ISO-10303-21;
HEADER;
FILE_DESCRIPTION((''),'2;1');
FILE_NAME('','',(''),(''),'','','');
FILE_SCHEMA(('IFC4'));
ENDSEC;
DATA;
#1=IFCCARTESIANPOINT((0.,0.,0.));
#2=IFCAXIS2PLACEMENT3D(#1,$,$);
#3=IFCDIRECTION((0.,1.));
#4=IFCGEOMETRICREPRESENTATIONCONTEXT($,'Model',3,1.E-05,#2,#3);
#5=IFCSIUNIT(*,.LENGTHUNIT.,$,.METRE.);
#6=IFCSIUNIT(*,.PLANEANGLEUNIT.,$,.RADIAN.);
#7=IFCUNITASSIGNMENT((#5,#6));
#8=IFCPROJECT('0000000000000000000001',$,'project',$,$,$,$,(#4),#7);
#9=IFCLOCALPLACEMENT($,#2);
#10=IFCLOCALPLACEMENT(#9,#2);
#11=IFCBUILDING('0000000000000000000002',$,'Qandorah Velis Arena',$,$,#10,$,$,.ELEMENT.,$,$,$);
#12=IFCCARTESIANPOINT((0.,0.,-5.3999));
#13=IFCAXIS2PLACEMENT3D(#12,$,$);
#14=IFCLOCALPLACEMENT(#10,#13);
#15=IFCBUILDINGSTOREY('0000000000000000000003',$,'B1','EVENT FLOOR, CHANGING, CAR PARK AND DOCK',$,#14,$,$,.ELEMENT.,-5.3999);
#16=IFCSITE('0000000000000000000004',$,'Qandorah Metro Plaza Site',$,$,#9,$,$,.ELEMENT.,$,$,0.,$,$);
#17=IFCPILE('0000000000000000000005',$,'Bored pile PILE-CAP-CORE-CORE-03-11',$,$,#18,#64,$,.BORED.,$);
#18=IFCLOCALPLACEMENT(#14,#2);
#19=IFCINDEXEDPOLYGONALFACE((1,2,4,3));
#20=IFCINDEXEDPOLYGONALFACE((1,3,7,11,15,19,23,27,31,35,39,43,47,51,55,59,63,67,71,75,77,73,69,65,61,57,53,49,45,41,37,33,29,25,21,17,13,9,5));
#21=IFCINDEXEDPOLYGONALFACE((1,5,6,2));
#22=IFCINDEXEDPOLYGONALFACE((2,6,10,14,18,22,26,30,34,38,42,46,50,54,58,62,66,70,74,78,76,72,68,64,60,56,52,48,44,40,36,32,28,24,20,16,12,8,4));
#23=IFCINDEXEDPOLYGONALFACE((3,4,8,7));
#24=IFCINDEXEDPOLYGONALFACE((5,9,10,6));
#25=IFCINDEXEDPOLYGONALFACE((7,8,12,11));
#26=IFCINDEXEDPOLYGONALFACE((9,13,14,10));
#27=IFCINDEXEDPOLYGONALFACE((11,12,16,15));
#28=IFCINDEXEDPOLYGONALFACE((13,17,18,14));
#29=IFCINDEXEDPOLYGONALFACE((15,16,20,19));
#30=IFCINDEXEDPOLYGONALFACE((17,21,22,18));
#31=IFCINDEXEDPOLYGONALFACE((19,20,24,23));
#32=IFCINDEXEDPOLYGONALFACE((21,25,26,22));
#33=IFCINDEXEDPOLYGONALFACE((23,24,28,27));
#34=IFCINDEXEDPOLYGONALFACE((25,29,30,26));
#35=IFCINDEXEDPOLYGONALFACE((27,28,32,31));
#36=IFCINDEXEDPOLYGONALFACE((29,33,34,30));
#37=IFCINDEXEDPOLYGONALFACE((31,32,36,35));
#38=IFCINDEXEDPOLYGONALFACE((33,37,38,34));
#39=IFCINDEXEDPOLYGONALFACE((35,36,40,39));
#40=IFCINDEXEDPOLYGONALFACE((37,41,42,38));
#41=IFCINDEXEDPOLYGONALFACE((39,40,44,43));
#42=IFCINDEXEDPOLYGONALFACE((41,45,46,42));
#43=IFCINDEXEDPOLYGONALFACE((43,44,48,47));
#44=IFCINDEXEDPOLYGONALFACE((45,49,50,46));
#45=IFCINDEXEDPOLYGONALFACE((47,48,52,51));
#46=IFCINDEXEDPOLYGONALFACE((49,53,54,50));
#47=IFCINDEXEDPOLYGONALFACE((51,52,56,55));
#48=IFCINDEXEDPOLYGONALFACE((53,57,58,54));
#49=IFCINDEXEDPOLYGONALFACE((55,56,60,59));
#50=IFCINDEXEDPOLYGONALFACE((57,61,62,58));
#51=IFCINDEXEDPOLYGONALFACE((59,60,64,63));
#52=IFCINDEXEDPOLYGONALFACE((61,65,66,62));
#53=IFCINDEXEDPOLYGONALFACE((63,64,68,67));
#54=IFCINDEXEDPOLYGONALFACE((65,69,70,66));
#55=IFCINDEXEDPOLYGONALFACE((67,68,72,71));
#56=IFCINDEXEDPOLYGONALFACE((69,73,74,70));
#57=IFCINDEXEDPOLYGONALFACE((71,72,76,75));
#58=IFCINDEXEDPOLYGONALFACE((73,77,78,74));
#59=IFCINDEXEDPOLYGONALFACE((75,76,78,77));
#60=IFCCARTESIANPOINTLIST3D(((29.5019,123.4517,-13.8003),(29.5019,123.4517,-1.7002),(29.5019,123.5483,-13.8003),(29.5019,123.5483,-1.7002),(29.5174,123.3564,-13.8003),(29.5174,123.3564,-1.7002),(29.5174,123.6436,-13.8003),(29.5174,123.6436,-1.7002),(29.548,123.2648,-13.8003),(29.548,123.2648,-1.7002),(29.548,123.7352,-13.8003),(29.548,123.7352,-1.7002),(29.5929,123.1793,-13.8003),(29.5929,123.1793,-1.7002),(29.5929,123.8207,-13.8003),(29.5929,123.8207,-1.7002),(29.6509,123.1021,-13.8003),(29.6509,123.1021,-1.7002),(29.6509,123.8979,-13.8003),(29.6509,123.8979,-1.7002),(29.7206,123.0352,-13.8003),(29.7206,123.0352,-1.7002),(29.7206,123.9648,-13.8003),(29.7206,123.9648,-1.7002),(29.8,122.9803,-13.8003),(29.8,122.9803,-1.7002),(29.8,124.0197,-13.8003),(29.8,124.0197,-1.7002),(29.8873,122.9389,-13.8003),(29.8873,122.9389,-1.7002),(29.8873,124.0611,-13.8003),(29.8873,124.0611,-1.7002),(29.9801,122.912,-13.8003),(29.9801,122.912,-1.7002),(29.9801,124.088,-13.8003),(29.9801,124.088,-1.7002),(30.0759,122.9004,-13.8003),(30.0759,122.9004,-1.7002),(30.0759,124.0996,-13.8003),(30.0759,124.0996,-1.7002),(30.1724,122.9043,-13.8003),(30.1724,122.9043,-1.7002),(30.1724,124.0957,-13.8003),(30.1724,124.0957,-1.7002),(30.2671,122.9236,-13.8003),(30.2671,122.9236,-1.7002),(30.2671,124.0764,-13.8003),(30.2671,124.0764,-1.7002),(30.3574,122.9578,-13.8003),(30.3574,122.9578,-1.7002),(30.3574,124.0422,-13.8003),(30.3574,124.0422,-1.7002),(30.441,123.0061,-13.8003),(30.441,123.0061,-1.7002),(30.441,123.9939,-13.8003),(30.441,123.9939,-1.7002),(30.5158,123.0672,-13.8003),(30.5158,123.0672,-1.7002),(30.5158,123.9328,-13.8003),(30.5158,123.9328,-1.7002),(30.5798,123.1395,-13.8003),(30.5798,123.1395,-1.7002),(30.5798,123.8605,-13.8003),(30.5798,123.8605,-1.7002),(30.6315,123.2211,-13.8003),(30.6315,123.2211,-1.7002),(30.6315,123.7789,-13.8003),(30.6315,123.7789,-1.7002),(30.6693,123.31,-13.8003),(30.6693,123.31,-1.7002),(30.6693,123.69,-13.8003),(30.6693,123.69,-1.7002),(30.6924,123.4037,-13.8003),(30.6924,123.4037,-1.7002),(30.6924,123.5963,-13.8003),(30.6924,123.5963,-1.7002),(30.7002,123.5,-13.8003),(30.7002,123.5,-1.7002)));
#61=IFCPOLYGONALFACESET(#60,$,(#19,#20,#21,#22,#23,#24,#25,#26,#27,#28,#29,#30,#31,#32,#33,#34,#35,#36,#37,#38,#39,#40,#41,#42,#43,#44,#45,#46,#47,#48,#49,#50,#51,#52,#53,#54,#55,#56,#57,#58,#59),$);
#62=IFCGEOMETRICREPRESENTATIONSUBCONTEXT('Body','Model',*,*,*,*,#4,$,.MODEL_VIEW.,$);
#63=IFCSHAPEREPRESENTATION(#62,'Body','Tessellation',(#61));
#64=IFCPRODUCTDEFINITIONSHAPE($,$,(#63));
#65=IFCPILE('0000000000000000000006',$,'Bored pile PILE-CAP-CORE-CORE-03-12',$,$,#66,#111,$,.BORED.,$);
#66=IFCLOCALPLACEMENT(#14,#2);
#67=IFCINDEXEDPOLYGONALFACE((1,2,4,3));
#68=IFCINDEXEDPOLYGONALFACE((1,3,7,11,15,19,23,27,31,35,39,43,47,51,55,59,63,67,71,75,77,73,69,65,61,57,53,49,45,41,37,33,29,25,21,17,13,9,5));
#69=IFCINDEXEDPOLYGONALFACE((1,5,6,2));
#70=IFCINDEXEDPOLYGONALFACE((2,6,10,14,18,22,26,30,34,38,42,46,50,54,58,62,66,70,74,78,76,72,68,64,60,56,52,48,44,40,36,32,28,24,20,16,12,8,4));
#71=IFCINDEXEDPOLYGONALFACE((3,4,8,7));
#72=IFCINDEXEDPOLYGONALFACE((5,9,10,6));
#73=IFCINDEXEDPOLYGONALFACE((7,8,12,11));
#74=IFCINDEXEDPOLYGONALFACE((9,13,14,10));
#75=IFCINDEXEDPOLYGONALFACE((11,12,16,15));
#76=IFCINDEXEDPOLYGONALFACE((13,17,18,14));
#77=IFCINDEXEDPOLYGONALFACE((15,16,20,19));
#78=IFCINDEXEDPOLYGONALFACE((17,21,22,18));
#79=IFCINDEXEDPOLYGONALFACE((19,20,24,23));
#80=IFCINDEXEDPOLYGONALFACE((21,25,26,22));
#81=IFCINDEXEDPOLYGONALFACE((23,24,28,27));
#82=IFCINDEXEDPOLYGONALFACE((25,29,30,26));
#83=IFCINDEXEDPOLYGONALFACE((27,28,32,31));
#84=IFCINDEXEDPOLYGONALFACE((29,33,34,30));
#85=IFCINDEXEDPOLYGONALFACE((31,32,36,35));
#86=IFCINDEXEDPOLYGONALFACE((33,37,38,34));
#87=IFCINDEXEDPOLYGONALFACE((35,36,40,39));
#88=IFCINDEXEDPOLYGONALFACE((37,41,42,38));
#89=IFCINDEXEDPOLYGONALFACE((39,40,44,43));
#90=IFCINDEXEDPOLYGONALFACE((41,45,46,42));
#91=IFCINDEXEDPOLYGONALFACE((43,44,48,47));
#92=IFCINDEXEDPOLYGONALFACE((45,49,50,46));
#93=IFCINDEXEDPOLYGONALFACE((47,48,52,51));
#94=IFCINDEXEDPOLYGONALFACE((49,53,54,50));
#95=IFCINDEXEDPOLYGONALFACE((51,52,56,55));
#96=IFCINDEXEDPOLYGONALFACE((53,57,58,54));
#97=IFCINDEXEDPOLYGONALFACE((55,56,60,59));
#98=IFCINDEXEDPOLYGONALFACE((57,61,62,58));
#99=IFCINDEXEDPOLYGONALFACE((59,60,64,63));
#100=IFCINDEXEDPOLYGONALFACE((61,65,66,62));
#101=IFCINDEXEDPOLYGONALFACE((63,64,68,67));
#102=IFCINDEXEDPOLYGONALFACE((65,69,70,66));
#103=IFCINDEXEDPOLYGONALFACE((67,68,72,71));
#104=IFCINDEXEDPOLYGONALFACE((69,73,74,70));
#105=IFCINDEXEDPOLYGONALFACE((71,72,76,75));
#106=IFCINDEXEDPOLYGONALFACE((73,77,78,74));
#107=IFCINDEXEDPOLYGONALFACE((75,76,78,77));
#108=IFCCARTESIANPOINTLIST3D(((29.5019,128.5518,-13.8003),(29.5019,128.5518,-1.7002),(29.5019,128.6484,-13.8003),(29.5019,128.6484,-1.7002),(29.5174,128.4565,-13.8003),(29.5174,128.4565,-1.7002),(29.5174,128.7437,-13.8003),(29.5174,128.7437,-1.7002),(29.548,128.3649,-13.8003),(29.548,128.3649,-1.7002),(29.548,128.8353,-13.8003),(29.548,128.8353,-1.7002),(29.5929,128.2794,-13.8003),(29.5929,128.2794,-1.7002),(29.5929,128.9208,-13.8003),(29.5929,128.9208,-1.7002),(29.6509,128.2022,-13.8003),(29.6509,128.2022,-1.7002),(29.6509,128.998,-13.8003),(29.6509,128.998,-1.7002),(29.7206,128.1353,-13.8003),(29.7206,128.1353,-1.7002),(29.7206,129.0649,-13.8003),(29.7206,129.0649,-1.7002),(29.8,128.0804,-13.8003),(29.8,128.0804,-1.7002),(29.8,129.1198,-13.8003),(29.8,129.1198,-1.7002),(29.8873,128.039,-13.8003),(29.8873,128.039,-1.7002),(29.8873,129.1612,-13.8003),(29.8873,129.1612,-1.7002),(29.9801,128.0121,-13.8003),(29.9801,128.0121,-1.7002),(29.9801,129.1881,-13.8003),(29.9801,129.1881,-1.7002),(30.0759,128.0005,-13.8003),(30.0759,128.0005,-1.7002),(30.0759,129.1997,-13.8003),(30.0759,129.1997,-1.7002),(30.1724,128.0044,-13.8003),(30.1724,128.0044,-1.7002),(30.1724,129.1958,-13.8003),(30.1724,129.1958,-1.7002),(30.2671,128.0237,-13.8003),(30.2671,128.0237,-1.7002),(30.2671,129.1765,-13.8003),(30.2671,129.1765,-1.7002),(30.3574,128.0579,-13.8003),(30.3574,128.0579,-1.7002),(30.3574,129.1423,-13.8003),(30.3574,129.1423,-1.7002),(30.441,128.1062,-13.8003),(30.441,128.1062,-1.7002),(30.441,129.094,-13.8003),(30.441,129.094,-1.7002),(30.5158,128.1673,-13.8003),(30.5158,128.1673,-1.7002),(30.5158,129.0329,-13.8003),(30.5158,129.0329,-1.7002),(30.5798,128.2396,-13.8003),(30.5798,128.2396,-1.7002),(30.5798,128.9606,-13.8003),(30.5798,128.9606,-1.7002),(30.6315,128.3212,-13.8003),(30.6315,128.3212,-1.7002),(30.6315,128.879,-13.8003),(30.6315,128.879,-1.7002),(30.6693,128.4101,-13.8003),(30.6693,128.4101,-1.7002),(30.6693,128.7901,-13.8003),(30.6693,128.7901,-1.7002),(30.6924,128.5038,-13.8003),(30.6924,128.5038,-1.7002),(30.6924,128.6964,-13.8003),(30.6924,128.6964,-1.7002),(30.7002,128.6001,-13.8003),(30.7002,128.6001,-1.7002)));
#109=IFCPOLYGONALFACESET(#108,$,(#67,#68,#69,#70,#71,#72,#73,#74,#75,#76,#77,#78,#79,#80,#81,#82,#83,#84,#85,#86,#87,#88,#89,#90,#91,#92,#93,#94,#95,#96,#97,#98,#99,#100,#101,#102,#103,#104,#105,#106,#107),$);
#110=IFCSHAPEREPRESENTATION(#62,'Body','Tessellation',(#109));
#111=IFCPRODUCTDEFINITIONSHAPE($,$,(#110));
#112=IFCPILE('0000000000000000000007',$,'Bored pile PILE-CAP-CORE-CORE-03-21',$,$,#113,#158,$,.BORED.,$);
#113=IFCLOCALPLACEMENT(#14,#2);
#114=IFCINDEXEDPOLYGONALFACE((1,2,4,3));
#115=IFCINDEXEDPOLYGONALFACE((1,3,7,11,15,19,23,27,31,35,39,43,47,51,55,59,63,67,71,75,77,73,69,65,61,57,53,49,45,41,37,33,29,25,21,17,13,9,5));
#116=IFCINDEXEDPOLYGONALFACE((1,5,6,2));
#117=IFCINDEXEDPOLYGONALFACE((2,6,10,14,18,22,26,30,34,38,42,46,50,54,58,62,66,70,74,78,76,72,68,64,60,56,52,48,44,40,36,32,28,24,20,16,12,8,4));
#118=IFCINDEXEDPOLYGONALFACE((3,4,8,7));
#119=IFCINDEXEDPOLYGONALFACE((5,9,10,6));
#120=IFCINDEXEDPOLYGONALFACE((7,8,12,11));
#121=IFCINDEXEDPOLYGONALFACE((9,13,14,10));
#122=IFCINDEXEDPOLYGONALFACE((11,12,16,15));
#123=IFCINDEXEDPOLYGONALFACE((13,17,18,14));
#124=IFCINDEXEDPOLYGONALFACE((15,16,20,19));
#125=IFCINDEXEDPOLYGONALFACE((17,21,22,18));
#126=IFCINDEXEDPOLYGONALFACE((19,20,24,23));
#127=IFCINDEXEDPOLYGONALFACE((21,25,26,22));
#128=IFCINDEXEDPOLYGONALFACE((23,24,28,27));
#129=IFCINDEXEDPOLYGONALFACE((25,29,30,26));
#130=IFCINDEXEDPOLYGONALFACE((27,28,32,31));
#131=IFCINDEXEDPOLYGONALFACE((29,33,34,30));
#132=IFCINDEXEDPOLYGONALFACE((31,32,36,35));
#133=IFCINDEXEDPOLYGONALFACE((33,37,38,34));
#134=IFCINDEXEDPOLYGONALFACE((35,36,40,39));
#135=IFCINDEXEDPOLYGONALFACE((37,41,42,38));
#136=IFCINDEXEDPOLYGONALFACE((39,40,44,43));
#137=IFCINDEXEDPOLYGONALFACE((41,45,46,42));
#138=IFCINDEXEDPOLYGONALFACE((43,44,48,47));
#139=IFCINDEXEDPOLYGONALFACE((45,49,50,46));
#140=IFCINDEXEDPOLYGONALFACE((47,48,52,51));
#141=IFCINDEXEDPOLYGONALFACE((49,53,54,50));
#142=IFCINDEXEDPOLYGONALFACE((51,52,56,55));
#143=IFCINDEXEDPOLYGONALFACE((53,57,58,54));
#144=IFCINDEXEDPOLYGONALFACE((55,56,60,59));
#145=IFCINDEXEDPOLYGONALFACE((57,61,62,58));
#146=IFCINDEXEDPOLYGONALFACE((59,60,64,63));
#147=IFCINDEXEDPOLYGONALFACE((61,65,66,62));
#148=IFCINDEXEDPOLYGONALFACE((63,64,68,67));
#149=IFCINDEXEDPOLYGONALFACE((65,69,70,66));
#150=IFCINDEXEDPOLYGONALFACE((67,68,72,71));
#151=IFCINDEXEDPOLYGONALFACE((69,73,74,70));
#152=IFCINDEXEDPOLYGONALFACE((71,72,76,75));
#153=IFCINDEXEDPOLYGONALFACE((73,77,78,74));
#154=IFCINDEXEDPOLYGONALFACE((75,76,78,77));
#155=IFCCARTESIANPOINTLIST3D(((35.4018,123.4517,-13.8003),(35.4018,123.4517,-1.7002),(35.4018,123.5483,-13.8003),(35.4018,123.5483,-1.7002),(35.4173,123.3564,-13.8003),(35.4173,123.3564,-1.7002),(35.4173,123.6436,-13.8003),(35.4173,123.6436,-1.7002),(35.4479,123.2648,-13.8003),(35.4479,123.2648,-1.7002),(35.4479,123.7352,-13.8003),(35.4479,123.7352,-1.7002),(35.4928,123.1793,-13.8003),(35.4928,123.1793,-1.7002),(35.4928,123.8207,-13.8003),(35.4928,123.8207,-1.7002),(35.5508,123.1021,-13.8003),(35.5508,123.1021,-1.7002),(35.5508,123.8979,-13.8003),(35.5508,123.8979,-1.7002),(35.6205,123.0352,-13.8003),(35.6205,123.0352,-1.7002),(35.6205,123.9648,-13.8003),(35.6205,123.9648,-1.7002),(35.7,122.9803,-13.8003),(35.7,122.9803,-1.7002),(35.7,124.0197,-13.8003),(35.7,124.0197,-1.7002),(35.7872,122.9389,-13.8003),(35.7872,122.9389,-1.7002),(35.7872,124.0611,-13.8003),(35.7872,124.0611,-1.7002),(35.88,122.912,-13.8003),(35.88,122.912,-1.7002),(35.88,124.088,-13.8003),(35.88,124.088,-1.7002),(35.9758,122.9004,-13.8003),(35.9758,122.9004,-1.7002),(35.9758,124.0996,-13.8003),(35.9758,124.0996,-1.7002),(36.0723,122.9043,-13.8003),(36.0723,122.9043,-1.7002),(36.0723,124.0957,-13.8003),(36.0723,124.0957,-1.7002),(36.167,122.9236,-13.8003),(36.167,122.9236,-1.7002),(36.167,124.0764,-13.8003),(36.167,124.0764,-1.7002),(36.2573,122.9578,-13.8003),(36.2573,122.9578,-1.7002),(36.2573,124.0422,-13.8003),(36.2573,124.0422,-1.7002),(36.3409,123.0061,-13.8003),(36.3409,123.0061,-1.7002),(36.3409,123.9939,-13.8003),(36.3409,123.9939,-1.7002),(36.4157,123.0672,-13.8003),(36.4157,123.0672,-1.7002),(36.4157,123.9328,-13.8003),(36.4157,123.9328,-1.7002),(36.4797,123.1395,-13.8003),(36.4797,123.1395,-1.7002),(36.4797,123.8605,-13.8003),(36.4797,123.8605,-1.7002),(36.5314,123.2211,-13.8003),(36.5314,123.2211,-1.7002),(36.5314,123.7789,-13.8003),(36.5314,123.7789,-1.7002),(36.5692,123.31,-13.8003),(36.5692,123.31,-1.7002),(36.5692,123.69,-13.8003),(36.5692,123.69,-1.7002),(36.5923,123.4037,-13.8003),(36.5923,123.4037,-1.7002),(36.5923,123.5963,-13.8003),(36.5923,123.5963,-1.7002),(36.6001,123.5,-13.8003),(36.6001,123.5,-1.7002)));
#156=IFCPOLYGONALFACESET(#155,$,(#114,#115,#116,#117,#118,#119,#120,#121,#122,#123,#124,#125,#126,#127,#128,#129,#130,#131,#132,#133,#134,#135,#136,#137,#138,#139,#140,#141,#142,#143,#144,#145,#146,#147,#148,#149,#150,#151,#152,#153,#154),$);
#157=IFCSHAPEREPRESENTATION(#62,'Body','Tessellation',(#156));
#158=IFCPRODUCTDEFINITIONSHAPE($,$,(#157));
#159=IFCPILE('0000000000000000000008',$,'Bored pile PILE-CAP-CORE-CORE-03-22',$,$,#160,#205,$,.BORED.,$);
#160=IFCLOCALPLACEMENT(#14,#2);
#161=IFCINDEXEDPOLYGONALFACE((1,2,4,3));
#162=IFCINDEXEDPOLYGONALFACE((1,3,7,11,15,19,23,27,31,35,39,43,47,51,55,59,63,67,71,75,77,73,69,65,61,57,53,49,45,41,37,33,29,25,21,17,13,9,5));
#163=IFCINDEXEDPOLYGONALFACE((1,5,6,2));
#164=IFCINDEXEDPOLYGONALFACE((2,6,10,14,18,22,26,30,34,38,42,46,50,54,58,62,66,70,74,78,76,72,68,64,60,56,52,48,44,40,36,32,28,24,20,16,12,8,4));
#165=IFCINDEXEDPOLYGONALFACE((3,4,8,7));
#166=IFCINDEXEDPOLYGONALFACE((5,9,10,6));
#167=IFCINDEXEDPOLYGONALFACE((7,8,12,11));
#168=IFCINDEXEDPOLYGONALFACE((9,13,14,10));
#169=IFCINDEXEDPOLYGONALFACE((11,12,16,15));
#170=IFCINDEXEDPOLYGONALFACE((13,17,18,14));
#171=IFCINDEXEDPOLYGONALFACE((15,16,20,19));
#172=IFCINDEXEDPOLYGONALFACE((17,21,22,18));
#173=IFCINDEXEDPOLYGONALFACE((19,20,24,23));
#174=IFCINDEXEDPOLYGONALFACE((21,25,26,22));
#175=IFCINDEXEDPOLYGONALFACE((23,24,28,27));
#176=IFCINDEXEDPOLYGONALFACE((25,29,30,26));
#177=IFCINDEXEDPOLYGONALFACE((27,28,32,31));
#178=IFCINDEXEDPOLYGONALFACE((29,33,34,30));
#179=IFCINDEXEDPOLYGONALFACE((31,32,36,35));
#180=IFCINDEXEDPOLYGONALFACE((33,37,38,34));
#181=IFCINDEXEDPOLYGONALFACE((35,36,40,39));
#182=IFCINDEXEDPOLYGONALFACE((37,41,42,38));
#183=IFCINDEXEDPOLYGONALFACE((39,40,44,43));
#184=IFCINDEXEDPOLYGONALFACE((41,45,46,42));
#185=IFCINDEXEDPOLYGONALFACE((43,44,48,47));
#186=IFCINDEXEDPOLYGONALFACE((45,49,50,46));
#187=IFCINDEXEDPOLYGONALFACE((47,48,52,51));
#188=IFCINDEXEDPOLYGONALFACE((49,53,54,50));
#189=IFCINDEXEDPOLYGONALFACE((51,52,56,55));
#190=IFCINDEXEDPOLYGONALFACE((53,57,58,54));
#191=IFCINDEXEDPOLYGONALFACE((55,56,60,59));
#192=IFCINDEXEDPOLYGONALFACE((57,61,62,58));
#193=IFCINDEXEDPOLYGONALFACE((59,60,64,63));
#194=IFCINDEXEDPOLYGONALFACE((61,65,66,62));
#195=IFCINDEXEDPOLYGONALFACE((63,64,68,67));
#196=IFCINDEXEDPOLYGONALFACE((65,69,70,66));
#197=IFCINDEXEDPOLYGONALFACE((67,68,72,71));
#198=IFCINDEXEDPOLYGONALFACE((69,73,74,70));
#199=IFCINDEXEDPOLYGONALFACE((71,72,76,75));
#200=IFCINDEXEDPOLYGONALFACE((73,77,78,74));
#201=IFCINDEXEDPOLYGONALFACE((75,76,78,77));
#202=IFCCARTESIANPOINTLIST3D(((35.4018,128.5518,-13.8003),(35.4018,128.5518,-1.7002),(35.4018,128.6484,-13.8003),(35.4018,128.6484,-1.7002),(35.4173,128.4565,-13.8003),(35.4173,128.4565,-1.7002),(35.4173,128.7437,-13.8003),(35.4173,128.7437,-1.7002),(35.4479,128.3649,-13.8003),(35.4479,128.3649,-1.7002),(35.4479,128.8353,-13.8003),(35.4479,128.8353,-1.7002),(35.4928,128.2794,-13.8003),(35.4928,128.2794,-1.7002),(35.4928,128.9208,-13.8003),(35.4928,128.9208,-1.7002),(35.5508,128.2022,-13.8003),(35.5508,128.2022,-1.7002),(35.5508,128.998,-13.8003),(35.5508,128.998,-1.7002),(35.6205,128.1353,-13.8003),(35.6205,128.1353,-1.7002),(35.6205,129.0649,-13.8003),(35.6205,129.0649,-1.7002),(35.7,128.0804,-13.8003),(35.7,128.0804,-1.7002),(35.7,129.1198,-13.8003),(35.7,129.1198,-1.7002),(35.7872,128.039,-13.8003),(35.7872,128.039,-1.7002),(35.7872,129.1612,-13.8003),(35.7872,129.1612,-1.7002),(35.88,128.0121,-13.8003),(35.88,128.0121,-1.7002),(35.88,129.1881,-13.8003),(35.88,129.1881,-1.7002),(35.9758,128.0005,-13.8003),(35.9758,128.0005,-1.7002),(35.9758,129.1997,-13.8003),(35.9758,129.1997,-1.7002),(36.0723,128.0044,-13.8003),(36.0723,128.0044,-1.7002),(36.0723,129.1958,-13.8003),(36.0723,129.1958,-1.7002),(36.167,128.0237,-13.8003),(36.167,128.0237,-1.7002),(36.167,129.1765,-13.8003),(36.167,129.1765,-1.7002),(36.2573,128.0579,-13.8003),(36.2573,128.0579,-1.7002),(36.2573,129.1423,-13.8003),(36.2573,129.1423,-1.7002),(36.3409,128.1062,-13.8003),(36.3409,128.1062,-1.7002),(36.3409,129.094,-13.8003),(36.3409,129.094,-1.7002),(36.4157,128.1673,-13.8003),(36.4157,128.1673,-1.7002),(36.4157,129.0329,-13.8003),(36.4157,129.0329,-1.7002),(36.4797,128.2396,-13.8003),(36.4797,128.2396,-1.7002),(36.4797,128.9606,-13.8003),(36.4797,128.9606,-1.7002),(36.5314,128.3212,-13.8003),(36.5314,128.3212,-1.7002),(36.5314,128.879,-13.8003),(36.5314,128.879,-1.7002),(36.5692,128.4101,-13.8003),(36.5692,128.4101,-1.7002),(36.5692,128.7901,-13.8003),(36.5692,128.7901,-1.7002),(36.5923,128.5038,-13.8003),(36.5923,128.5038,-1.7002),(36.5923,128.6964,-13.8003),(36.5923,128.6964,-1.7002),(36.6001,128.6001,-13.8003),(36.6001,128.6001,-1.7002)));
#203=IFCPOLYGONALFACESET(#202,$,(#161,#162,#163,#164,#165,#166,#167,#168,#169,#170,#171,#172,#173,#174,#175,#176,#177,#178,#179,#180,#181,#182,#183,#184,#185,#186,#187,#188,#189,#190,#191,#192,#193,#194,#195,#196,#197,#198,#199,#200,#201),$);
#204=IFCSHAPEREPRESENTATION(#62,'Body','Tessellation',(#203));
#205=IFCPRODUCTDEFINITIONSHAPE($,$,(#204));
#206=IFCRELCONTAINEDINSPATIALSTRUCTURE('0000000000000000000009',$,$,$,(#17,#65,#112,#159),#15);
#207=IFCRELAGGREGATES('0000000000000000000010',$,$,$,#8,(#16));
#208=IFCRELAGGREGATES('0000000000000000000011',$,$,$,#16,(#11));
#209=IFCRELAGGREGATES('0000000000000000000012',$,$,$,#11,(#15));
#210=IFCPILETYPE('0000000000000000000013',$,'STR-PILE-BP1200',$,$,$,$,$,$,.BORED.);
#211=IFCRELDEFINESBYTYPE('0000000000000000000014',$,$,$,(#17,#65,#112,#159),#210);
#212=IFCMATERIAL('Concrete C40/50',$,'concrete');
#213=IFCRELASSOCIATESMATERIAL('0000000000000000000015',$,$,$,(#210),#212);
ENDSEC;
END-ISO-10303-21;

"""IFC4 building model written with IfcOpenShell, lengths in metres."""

from ifc_helpers import new_model, si_unit, direction, frame, origin, origin_2d, place, context, subcontext, project, spatial, circle, extrude, material, material_profile, profile_set, type_object, element, save


model = new_model("IFC4")

# Units and contexts
model_context = context("Model", 3, precision=1e-05, world=origin(), true_north=direction((0.0, 1.0)))
body_context = subcontext(model_context, "Body", "Model", "MODEL_VIEW")
ifc_project = project(units=[si_unit("LENGTHUNIT", "METRE"), si_unit("PLANEANGLEUNIT", "RADIAN")], contexts=[model_context])

# Site, building, storey
site_placement = place(None, origin())
site = spatial("IfcSite", under=ifc_project, at=site_placement, Name="Qandorah Metro Plaza Site", CompositionType="ELEMENT", RefElevation=0.0)
building_placement = place(site_placement, origin())
building = spatial("IfcBuilding", under=site, at=building_placement, Name="Qandorah Velis Arena", CompositionType="ELEMENT")
storey_placement = place(building_placement, frame((0.0, 0.0, -5.3999)))
storey = spatial("IfcBuildingStorey", under=building, at=storey_placement, Name="B1", Description="EVENT FLOOR, CHANGING, CAR PARK AND DOCK", CompositionType="ELEMENT", Elevation=-5.3999)

# Shared definitions
ifc_material_1 = material(Name="Concrete C40/50", Category="concrete")

# Piles
ifc_material_profile_1 = material_profile(ifc_material_1, circle(Radius=0.6001, at=origin_2d()), Name="BORED PILE D1200")
ifc_profile_set_1 = profile_set([ifc_material_profile_1], Name="Concrete C40/50")
pile_type_1 = type_object("IfcPileType", Name="STR-PILE-BP1200", PredefinedType="BORED", material=ifc_profile_set_1)
for number, where, z_axis, x_axis, name in (
    (1, (30.1001, 123.5, -1.7002), (0.0, 0.0, -1.0), (1.0, 0.0, 0.0), "Bored pile PILE-CAP-CORE-CORE-03-11"),
    (2, (30.1001, 128.6001, -1.7002), (0.0, 0.0, -1.0), (1.0, 0.0, 0.0), "Bored pile PILE-CAP-CORE-CORE-03-12"),
    (3, (36.0, 123.5, -1.7002), (0.0, 0.0, -1.0), (1.0, 0.0, 0.0), "Bored pile PILE-CAP-CORE-CORE-03-21"),
    (4, (36.0, 128.6001, -1.7002), (0.0, 0.0, -1.0), (1.0, 0.0, 0.0), "Bored pile PILE-CAP-CORE-CORE-03-22"),
):
    element("IfcPile", number, at=place(storey_placement, frame(where, z_axis=z_axis, x_axis=x_axis)), inside=storey, type_object=pile_type_1, Name=name, PredefinedType="BORED", context=body_context, shape_type="SweptSolid", body=[
        extrude(circle(Radius=0.6001, at=origin_2d()), origin(), (0.0, 0.0, 1.0), 12.1001),
    ])

save(model, "model.ifc")
